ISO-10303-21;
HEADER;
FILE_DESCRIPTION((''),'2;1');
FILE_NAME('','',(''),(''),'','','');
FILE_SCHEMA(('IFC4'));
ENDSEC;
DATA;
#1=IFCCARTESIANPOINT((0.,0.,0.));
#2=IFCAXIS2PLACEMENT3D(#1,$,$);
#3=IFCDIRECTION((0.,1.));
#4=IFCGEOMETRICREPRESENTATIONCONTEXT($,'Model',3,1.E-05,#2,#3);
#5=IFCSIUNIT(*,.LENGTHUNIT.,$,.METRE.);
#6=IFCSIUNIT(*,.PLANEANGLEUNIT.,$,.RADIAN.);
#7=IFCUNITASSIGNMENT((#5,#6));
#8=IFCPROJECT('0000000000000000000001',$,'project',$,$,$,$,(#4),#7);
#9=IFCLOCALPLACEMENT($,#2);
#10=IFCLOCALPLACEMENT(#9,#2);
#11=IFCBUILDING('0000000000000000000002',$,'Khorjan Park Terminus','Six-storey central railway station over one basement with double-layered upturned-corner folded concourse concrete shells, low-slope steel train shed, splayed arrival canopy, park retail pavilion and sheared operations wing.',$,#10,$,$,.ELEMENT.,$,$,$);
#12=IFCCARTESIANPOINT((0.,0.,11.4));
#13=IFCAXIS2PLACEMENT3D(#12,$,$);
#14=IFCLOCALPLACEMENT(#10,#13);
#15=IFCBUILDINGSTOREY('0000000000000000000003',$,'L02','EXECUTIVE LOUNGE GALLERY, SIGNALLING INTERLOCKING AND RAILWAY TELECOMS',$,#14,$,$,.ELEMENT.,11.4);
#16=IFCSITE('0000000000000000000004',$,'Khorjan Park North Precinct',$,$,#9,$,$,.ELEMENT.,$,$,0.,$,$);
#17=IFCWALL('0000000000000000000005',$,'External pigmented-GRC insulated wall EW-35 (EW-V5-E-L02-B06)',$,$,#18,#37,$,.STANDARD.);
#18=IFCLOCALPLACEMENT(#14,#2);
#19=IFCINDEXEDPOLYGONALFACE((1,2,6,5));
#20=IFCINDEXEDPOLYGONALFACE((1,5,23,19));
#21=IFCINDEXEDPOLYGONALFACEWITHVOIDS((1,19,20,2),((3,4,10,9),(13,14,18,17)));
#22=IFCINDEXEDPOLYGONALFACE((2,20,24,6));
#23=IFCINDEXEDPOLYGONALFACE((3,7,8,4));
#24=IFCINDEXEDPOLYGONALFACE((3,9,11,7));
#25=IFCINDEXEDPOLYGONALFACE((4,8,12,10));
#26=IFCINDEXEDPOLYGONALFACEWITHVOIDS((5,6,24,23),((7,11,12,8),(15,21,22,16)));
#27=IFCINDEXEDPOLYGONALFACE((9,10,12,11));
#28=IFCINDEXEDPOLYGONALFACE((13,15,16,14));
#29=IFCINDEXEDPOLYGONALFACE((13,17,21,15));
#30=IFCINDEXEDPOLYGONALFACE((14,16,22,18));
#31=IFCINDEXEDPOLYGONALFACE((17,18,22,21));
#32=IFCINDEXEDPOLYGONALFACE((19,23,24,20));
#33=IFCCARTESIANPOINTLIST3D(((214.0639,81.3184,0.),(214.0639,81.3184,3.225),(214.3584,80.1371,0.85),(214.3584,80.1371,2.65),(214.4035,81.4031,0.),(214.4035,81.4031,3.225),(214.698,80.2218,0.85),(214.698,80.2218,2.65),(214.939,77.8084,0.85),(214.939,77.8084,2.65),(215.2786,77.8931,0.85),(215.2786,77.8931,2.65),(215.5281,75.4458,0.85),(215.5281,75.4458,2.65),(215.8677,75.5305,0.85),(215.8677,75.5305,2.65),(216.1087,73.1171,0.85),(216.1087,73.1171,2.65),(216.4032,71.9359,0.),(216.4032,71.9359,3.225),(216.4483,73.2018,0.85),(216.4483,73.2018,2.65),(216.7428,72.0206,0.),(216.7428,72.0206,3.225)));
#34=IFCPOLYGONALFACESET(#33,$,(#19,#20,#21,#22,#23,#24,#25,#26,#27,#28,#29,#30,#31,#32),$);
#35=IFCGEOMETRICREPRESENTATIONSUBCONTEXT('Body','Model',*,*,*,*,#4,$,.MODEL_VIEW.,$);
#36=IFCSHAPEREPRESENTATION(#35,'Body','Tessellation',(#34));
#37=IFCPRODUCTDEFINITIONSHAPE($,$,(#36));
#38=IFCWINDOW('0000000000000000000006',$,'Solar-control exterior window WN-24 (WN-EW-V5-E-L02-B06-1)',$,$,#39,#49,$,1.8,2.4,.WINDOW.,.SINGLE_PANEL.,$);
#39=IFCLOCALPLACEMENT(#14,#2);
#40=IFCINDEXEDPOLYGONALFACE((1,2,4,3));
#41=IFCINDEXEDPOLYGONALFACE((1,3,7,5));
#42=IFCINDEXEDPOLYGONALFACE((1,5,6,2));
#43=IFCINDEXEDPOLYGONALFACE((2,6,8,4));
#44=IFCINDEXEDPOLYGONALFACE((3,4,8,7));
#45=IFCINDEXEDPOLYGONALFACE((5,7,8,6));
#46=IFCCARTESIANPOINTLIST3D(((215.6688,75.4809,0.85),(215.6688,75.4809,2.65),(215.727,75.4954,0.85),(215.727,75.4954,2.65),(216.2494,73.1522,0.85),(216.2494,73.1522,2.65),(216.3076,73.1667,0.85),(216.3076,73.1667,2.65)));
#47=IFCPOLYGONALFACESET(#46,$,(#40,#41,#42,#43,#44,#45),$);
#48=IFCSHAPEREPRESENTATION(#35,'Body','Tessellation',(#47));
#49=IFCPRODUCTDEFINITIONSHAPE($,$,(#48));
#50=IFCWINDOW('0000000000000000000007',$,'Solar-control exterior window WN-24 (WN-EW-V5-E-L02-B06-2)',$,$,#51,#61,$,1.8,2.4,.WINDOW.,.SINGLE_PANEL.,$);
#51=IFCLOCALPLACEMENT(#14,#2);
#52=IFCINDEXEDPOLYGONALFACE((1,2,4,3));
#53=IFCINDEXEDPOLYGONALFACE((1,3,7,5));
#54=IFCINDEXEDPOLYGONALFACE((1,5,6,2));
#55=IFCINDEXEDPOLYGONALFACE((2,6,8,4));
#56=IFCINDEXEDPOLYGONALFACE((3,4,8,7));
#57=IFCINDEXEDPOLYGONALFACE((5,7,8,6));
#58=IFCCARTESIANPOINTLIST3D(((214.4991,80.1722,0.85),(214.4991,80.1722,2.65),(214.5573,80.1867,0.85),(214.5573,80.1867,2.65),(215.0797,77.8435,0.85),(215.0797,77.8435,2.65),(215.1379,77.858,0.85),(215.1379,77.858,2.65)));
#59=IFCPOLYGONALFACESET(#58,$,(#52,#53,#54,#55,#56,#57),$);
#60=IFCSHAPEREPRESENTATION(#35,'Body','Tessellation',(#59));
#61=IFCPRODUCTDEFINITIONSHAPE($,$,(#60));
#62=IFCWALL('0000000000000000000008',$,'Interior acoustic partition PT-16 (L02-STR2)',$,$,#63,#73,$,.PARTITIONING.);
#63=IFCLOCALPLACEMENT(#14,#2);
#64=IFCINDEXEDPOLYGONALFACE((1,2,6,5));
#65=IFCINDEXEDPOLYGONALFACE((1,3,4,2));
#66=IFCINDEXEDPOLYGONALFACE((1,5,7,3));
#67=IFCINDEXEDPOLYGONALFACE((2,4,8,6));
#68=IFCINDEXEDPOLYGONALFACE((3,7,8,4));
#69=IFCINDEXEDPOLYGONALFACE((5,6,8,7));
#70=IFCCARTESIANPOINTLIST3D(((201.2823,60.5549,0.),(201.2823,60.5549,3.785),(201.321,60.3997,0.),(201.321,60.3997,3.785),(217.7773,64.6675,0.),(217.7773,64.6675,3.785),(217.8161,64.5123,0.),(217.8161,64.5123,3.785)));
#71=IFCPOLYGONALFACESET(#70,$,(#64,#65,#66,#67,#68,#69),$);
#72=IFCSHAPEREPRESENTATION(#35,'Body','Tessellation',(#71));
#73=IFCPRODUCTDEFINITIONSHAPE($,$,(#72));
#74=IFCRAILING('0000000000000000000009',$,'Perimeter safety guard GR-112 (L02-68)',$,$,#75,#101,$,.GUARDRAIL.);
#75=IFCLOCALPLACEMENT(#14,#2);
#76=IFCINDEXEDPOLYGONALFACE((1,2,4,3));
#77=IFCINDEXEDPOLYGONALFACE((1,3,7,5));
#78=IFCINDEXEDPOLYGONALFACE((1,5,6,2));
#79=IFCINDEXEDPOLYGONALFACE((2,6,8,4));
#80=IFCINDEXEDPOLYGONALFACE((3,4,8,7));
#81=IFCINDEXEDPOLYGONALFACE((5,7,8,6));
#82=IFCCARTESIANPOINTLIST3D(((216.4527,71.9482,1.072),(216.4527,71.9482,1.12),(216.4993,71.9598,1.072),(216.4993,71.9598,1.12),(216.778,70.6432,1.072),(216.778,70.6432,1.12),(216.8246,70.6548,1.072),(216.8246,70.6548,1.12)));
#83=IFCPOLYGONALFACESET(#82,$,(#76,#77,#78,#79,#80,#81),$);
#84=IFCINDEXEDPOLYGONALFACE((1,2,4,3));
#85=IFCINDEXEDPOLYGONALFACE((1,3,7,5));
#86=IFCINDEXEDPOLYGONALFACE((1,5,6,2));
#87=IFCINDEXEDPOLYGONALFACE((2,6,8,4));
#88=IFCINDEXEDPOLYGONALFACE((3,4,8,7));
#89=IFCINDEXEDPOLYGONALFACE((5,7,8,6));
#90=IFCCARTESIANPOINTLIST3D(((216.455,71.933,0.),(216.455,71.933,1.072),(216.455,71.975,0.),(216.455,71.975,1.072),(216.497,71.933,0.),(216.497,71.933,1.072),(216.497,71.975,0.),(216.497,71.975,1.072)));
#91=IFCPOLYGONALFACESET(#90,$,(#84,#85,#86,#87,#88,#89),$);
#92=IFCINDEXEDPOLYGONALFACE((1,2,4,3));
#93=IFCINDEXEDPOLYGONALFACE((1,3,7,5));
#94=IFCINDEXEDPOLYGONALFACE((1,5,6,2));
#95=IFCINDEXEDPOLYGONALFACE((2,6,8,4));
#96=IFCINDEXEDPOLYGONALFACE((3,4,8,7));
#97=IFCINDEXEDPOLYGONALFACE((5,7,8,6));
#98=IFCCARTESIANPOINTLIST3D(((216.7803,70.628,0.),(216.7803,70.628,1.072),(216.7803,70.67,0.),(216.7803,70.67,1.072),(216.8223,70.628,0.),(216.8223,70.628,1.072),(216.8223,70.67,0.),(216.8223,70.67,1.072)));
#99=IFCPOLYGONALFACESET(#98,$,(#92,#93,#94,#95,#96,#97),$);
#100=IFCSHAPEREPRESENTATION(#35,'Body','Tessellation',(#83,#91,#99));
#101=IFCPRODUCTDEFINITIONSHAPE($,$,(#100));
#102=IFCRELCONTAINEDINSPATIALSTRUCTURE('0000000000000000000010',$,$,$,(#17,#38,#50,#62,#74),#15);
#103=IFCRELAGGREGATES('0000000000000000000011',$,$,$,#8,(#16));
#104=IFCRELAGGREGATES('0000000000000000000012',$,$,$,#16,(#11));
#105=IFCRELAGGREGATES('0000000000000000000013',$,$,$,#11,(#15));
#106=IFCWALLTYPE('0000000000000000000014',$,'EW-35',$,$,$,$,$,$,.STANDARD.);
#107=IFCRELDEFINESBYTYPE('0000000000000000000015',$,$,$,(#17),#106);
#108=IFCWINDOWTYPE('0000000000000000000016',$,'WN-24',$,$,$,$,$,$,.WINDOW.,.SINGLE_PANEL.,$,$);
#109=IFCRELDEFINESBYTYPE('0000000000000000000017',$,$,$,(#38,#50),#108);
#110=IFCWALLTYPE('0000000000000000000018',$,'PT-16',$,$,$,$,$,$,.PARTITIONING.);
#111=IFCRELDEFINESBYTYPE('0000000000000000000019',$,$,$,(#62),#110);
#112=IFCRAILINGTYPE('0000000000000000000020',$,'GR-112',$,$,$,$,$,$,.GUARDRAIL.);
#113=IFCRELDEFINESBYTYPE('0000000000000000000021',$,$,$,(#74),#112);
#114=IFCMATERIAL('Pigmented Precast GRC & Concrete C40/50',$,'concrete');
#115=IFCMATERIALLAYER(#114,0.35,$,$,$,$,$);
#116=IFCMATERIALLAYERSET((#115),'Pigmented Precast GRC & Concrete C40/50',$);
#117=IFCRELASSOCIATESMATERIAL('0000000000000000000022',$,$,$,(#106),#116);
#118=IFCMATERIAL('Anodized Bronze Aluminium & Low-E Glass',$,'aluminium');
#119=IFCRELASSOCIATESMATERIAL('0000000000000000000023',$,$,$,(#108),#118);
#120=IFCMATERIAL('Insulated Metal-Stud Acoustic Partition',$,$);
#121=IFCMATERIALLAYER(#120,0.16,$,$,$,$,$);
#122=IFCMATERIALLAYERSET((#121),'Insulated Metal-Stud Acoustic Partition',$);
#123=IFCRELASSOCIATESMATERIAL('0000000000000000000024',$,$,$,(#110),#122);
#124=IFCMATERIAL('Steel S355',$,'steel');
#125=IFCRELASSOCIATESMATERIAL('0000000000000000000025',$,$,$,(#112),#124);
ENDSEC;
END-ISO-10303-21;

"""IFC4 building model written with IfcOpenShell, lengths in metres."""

from ifc_helpers import new_model, si_unit, direction, frame, frame_2d, origin, origin_2d, place, context, subcontext, project, spatial, rectangle, extrude, material, layer, layer_set, type_object, element, fill, save


model = new_model("IFC4")

# Units and contexts
model_context = context("Model", 3, precision=1e-05, world=origin(), true_north=direction((0.0, 1.0)))
body_context = subcontext(model_context, "Body", "Model", "MODEL_VIEW")
ifc_project = project(units=[si_unit("LENGTHUNIT", "METRE"), si_unit("PLANEANGLEUNIT", "RADIAN")], contexts=[model_context])

# Site, building, storey
site_placement = place(None, origin())
site = spatial("IfcSite", under=ifc_project, at=site_placement, Name="Khorjan Park North Precinct", CompositionType="ELEMENT", RefElevation=0.0)
building_placement = place(site_placement, origin())
building = spatial("IfcBuilding", under=site, at=building_placement, Name="Khorjan Park Terminus", Description="Six-storey central railway station over one basement with double-layered upturned-corner folded concourse concrete shells, low-slope steel train shed, splayed arrival canopy, park retail pavilion and sheared operations wing.", CompositionType="ELEMENT")
storey_placement = place(building_placement, frame((0.0, 0.0, 11.4)))
storey = spatial("IfcBuildingStorey", under=building, at=storey_placement, Name="L02", Description="EXECUTIVE LOUNGE GALLERY, SIGNALLING INTERLOCKING AND RAILWAY TELECOMS", CompositionType="ELEMENT", Elevation=11.4)

# Shared definitions
ifc_material_1 = material(Name="Steel S355", Category="steel")

# Wall, openings, windows
ifc_material_2 = material(Name="Pigmented Precast GRC & Concrete C40/50", Category="concrete")
ifc_layer_1 = layer(ifc_material_2, 0.35)
ifc_layer_set_1 = layer_set([ifc_layer_1], Name="Pigmented Precast GRC & Concrete C40/50")
wall_type_1 = type_object("IfcWallType", Name="EW-35", PredefinedType="STANDARD", material=ifc_layer_set_1)
wall_1_placement = place(storey_placement, frame((216.573, 71.9782, 0.0), z_axis=(0.0, 0.0, 1.0), x_axis=(-0.24192, 0.970296, 0.0)))
wall_1 = element("IfcWall", 1, at=wall_1_placement, inside=storey, type_object=wall_type_1, Name="External pigmented-GRC insulated wall EW-35 (EW-V5-E-L02-B06)", PredefinedType="STANDARD", context=body_context, shape_type="SweptSolid", body=[
    extrude(rectangle(XDim=9.6697, YDim=0.35, at=frame_2d((4.8349, 0.0))), origin(), (0.0, 0.0, 1.0), 3.225),
])
opening_1_placement = place(wall_1_placement, frame((1.2174, 0.0, 0.85)))
opening_1 = element("IfcOpeningElement", 2, at=opening_1_placement, cuts=wall_1, PredefinedType="OPENING", context=body_context, shape_type="SweptSolid", body=[
    extrude(rectangle(XDim=2.4, YDim=1.8, at=frame_2d((1.2, 0.9))), frame((0.0, 0.185, 0.0), z_axis=(0.0, -1.0, 0.0), x_axis=(1.0, 0.0, 0.0)), (0.0, 0.0, 1.0), 0.37),
])
opening_2_placement = place(wall_1_placement, frame((6.0523, 0.0, 0.85)))
opening_2 = element("IfcOpeningElement", 3, at=opening_2_placement, cuts=wall_1, PredefinedType="OPENING", context=body_context, shape_type="SweptSolid", body=[
    extrude(rectangle(XDim=2.4, YDim=1.8, at=frame_2d((1.2, 0.9))), frame((0.0, 0.185, 0.0), z_axis=(0.0, -1.0, 0.0), x_axis=(1.0, 0.0, 0.0)), (0.0, 0.0, 1.0), 0.37),
])
ifc_material_3 = material(Name="Anodized Bronze Aluminium & Low-E Glass", Category="aluminium")
window_type = type_object("IfcWindowType", Name="WN-24", PartitioningType="SINGLE_PANEL", PredefinedType="WINDOW", material=ifc_material_3)
window_1_placement = place(opening_1_placement, origin())
window_1 = element("IfcWindow", 4, at=window_1_placement, inside=storey, type_object=window_type, Name="Solar-control exterior window WN-24 (WN-EW-V5-E-L02-B06-1)", OverallHeight=1.8, OverallWidth=2.4, PartitioningType="SINGLE_PANEL", PredefinedType="WINDOW", context=body_context, shape_type="SweptSolid", body=[
    extrude(rectangle(XDim=2.4, YDim=1.8, at=frame_2d((1.2, 0.9))), frame((0.0, 0.03, 0.0), z_axis=(0.0, -1.0, 0.0), x_axis=(1.0, 0.0, 0.0)), (0.0, 0.0, 1.0), 0.06),
])
fill(opening_1, window_1)
window_2_placement = place(opening_2_placement, origin())
window_2 = element("IfcWindow", 5, at=window_2_placement, inside=storey, type_object=window_type, Name="Solar-control exterior window WN-24 (WN-EW-V5-E-L02-B06-2)", OverallHeight=1.8, OverallWidth=2.4, PartitioningType="SINGLE_PANEL", PredefinedType="WINDOW", context=body_context, shape_type="SweptSolid", body=[
    extrude(rectangle(XDim=2.4, YDim=1.8, at=frame_2d((1.2, 0.9))), frame((0.0, 0.03, 0.0), z_axis=(0.0, -1.0, 0.0), x_axis=(1.0, 0.0, 0.0)), (0.0, 0.0, 1.0), 0.06),
])
fill(opening_2, window_2)

# Wall
ifc_material_4 = material(Name="Insulated Metal-Stud Acoustic Partition")
ifc_layer_2 = layer(ifc_material_4, 0.16)
ifc_layer_set_2 = layer_set([ifc_layer_2], Name="Insulated Metal-Stud Acoustic Partition")
wall_type_2 = type_object("IfcWallType", Name="PT-16", PredefinedType="PARTITIONING", material=ifc_layer_set_2)
wall_2_placement = place(storey_placement, frame((217.7967, 64.5899, 0.0), z_axis=(0.0, 0.0, 1.0), x_axis=(-0.970297, -0.241918, 0.0)))
element("IfcWall", 6, at=wall_2_placement, inside=storey, type_object=wall_type_2, Name="Interior acoustic partition PT-16 (L02-STR2)", PredefinedType="PARTITIONING", context=body_context, shape_type="SweptSolid", body=[
    extrude(rectangle(XDim=17.0, YDim=0.16, at=frame_2d((8.5, 0.0))), origin(), (0.0, 0.0, 1.0), 3.785),
])

# Railing
railing_type = type_object("IfcRailingType", Name="GR-112", PredefinedType="GUARDRAIL", material=ifc_material_1)
railing_placement = place(storey_placement, frame((216.476, 71.954, 0.0)))
element("IfcRailing", 7, at=railing_placement, inside=storey, type_object=railing_type, Name="Perimeter safety guard GR-112 (L02-68)", PredefinedType="GUARDRAIL", context=body_context, shape_type="SweptSolid", body=[
    extrude(rectangle(XDim=0.048, YDim=0.048, at=origin_2d()), frame((0.0, 0.0, 1.096), z_axis=(0.241871, -0.970308, 0.0), x_axis=(0.970308, 0.241871, 0.0)), (0.0, 0.0, 1.0), 1.3449),
    extrude(rectangle(XDim=0.042, YDim=0.042, at=origin_2d()), origin(), (0.0, 0.0, 1.0), 1.072),
    extrude(rectangle(XDim=0.042, YDim=0.042, at=origin_2d()), frame((0.3253, -1.305, 0.0)), (0.0, 0.0, 1.0), 1.072),
])

save(model, "model.ifc")
